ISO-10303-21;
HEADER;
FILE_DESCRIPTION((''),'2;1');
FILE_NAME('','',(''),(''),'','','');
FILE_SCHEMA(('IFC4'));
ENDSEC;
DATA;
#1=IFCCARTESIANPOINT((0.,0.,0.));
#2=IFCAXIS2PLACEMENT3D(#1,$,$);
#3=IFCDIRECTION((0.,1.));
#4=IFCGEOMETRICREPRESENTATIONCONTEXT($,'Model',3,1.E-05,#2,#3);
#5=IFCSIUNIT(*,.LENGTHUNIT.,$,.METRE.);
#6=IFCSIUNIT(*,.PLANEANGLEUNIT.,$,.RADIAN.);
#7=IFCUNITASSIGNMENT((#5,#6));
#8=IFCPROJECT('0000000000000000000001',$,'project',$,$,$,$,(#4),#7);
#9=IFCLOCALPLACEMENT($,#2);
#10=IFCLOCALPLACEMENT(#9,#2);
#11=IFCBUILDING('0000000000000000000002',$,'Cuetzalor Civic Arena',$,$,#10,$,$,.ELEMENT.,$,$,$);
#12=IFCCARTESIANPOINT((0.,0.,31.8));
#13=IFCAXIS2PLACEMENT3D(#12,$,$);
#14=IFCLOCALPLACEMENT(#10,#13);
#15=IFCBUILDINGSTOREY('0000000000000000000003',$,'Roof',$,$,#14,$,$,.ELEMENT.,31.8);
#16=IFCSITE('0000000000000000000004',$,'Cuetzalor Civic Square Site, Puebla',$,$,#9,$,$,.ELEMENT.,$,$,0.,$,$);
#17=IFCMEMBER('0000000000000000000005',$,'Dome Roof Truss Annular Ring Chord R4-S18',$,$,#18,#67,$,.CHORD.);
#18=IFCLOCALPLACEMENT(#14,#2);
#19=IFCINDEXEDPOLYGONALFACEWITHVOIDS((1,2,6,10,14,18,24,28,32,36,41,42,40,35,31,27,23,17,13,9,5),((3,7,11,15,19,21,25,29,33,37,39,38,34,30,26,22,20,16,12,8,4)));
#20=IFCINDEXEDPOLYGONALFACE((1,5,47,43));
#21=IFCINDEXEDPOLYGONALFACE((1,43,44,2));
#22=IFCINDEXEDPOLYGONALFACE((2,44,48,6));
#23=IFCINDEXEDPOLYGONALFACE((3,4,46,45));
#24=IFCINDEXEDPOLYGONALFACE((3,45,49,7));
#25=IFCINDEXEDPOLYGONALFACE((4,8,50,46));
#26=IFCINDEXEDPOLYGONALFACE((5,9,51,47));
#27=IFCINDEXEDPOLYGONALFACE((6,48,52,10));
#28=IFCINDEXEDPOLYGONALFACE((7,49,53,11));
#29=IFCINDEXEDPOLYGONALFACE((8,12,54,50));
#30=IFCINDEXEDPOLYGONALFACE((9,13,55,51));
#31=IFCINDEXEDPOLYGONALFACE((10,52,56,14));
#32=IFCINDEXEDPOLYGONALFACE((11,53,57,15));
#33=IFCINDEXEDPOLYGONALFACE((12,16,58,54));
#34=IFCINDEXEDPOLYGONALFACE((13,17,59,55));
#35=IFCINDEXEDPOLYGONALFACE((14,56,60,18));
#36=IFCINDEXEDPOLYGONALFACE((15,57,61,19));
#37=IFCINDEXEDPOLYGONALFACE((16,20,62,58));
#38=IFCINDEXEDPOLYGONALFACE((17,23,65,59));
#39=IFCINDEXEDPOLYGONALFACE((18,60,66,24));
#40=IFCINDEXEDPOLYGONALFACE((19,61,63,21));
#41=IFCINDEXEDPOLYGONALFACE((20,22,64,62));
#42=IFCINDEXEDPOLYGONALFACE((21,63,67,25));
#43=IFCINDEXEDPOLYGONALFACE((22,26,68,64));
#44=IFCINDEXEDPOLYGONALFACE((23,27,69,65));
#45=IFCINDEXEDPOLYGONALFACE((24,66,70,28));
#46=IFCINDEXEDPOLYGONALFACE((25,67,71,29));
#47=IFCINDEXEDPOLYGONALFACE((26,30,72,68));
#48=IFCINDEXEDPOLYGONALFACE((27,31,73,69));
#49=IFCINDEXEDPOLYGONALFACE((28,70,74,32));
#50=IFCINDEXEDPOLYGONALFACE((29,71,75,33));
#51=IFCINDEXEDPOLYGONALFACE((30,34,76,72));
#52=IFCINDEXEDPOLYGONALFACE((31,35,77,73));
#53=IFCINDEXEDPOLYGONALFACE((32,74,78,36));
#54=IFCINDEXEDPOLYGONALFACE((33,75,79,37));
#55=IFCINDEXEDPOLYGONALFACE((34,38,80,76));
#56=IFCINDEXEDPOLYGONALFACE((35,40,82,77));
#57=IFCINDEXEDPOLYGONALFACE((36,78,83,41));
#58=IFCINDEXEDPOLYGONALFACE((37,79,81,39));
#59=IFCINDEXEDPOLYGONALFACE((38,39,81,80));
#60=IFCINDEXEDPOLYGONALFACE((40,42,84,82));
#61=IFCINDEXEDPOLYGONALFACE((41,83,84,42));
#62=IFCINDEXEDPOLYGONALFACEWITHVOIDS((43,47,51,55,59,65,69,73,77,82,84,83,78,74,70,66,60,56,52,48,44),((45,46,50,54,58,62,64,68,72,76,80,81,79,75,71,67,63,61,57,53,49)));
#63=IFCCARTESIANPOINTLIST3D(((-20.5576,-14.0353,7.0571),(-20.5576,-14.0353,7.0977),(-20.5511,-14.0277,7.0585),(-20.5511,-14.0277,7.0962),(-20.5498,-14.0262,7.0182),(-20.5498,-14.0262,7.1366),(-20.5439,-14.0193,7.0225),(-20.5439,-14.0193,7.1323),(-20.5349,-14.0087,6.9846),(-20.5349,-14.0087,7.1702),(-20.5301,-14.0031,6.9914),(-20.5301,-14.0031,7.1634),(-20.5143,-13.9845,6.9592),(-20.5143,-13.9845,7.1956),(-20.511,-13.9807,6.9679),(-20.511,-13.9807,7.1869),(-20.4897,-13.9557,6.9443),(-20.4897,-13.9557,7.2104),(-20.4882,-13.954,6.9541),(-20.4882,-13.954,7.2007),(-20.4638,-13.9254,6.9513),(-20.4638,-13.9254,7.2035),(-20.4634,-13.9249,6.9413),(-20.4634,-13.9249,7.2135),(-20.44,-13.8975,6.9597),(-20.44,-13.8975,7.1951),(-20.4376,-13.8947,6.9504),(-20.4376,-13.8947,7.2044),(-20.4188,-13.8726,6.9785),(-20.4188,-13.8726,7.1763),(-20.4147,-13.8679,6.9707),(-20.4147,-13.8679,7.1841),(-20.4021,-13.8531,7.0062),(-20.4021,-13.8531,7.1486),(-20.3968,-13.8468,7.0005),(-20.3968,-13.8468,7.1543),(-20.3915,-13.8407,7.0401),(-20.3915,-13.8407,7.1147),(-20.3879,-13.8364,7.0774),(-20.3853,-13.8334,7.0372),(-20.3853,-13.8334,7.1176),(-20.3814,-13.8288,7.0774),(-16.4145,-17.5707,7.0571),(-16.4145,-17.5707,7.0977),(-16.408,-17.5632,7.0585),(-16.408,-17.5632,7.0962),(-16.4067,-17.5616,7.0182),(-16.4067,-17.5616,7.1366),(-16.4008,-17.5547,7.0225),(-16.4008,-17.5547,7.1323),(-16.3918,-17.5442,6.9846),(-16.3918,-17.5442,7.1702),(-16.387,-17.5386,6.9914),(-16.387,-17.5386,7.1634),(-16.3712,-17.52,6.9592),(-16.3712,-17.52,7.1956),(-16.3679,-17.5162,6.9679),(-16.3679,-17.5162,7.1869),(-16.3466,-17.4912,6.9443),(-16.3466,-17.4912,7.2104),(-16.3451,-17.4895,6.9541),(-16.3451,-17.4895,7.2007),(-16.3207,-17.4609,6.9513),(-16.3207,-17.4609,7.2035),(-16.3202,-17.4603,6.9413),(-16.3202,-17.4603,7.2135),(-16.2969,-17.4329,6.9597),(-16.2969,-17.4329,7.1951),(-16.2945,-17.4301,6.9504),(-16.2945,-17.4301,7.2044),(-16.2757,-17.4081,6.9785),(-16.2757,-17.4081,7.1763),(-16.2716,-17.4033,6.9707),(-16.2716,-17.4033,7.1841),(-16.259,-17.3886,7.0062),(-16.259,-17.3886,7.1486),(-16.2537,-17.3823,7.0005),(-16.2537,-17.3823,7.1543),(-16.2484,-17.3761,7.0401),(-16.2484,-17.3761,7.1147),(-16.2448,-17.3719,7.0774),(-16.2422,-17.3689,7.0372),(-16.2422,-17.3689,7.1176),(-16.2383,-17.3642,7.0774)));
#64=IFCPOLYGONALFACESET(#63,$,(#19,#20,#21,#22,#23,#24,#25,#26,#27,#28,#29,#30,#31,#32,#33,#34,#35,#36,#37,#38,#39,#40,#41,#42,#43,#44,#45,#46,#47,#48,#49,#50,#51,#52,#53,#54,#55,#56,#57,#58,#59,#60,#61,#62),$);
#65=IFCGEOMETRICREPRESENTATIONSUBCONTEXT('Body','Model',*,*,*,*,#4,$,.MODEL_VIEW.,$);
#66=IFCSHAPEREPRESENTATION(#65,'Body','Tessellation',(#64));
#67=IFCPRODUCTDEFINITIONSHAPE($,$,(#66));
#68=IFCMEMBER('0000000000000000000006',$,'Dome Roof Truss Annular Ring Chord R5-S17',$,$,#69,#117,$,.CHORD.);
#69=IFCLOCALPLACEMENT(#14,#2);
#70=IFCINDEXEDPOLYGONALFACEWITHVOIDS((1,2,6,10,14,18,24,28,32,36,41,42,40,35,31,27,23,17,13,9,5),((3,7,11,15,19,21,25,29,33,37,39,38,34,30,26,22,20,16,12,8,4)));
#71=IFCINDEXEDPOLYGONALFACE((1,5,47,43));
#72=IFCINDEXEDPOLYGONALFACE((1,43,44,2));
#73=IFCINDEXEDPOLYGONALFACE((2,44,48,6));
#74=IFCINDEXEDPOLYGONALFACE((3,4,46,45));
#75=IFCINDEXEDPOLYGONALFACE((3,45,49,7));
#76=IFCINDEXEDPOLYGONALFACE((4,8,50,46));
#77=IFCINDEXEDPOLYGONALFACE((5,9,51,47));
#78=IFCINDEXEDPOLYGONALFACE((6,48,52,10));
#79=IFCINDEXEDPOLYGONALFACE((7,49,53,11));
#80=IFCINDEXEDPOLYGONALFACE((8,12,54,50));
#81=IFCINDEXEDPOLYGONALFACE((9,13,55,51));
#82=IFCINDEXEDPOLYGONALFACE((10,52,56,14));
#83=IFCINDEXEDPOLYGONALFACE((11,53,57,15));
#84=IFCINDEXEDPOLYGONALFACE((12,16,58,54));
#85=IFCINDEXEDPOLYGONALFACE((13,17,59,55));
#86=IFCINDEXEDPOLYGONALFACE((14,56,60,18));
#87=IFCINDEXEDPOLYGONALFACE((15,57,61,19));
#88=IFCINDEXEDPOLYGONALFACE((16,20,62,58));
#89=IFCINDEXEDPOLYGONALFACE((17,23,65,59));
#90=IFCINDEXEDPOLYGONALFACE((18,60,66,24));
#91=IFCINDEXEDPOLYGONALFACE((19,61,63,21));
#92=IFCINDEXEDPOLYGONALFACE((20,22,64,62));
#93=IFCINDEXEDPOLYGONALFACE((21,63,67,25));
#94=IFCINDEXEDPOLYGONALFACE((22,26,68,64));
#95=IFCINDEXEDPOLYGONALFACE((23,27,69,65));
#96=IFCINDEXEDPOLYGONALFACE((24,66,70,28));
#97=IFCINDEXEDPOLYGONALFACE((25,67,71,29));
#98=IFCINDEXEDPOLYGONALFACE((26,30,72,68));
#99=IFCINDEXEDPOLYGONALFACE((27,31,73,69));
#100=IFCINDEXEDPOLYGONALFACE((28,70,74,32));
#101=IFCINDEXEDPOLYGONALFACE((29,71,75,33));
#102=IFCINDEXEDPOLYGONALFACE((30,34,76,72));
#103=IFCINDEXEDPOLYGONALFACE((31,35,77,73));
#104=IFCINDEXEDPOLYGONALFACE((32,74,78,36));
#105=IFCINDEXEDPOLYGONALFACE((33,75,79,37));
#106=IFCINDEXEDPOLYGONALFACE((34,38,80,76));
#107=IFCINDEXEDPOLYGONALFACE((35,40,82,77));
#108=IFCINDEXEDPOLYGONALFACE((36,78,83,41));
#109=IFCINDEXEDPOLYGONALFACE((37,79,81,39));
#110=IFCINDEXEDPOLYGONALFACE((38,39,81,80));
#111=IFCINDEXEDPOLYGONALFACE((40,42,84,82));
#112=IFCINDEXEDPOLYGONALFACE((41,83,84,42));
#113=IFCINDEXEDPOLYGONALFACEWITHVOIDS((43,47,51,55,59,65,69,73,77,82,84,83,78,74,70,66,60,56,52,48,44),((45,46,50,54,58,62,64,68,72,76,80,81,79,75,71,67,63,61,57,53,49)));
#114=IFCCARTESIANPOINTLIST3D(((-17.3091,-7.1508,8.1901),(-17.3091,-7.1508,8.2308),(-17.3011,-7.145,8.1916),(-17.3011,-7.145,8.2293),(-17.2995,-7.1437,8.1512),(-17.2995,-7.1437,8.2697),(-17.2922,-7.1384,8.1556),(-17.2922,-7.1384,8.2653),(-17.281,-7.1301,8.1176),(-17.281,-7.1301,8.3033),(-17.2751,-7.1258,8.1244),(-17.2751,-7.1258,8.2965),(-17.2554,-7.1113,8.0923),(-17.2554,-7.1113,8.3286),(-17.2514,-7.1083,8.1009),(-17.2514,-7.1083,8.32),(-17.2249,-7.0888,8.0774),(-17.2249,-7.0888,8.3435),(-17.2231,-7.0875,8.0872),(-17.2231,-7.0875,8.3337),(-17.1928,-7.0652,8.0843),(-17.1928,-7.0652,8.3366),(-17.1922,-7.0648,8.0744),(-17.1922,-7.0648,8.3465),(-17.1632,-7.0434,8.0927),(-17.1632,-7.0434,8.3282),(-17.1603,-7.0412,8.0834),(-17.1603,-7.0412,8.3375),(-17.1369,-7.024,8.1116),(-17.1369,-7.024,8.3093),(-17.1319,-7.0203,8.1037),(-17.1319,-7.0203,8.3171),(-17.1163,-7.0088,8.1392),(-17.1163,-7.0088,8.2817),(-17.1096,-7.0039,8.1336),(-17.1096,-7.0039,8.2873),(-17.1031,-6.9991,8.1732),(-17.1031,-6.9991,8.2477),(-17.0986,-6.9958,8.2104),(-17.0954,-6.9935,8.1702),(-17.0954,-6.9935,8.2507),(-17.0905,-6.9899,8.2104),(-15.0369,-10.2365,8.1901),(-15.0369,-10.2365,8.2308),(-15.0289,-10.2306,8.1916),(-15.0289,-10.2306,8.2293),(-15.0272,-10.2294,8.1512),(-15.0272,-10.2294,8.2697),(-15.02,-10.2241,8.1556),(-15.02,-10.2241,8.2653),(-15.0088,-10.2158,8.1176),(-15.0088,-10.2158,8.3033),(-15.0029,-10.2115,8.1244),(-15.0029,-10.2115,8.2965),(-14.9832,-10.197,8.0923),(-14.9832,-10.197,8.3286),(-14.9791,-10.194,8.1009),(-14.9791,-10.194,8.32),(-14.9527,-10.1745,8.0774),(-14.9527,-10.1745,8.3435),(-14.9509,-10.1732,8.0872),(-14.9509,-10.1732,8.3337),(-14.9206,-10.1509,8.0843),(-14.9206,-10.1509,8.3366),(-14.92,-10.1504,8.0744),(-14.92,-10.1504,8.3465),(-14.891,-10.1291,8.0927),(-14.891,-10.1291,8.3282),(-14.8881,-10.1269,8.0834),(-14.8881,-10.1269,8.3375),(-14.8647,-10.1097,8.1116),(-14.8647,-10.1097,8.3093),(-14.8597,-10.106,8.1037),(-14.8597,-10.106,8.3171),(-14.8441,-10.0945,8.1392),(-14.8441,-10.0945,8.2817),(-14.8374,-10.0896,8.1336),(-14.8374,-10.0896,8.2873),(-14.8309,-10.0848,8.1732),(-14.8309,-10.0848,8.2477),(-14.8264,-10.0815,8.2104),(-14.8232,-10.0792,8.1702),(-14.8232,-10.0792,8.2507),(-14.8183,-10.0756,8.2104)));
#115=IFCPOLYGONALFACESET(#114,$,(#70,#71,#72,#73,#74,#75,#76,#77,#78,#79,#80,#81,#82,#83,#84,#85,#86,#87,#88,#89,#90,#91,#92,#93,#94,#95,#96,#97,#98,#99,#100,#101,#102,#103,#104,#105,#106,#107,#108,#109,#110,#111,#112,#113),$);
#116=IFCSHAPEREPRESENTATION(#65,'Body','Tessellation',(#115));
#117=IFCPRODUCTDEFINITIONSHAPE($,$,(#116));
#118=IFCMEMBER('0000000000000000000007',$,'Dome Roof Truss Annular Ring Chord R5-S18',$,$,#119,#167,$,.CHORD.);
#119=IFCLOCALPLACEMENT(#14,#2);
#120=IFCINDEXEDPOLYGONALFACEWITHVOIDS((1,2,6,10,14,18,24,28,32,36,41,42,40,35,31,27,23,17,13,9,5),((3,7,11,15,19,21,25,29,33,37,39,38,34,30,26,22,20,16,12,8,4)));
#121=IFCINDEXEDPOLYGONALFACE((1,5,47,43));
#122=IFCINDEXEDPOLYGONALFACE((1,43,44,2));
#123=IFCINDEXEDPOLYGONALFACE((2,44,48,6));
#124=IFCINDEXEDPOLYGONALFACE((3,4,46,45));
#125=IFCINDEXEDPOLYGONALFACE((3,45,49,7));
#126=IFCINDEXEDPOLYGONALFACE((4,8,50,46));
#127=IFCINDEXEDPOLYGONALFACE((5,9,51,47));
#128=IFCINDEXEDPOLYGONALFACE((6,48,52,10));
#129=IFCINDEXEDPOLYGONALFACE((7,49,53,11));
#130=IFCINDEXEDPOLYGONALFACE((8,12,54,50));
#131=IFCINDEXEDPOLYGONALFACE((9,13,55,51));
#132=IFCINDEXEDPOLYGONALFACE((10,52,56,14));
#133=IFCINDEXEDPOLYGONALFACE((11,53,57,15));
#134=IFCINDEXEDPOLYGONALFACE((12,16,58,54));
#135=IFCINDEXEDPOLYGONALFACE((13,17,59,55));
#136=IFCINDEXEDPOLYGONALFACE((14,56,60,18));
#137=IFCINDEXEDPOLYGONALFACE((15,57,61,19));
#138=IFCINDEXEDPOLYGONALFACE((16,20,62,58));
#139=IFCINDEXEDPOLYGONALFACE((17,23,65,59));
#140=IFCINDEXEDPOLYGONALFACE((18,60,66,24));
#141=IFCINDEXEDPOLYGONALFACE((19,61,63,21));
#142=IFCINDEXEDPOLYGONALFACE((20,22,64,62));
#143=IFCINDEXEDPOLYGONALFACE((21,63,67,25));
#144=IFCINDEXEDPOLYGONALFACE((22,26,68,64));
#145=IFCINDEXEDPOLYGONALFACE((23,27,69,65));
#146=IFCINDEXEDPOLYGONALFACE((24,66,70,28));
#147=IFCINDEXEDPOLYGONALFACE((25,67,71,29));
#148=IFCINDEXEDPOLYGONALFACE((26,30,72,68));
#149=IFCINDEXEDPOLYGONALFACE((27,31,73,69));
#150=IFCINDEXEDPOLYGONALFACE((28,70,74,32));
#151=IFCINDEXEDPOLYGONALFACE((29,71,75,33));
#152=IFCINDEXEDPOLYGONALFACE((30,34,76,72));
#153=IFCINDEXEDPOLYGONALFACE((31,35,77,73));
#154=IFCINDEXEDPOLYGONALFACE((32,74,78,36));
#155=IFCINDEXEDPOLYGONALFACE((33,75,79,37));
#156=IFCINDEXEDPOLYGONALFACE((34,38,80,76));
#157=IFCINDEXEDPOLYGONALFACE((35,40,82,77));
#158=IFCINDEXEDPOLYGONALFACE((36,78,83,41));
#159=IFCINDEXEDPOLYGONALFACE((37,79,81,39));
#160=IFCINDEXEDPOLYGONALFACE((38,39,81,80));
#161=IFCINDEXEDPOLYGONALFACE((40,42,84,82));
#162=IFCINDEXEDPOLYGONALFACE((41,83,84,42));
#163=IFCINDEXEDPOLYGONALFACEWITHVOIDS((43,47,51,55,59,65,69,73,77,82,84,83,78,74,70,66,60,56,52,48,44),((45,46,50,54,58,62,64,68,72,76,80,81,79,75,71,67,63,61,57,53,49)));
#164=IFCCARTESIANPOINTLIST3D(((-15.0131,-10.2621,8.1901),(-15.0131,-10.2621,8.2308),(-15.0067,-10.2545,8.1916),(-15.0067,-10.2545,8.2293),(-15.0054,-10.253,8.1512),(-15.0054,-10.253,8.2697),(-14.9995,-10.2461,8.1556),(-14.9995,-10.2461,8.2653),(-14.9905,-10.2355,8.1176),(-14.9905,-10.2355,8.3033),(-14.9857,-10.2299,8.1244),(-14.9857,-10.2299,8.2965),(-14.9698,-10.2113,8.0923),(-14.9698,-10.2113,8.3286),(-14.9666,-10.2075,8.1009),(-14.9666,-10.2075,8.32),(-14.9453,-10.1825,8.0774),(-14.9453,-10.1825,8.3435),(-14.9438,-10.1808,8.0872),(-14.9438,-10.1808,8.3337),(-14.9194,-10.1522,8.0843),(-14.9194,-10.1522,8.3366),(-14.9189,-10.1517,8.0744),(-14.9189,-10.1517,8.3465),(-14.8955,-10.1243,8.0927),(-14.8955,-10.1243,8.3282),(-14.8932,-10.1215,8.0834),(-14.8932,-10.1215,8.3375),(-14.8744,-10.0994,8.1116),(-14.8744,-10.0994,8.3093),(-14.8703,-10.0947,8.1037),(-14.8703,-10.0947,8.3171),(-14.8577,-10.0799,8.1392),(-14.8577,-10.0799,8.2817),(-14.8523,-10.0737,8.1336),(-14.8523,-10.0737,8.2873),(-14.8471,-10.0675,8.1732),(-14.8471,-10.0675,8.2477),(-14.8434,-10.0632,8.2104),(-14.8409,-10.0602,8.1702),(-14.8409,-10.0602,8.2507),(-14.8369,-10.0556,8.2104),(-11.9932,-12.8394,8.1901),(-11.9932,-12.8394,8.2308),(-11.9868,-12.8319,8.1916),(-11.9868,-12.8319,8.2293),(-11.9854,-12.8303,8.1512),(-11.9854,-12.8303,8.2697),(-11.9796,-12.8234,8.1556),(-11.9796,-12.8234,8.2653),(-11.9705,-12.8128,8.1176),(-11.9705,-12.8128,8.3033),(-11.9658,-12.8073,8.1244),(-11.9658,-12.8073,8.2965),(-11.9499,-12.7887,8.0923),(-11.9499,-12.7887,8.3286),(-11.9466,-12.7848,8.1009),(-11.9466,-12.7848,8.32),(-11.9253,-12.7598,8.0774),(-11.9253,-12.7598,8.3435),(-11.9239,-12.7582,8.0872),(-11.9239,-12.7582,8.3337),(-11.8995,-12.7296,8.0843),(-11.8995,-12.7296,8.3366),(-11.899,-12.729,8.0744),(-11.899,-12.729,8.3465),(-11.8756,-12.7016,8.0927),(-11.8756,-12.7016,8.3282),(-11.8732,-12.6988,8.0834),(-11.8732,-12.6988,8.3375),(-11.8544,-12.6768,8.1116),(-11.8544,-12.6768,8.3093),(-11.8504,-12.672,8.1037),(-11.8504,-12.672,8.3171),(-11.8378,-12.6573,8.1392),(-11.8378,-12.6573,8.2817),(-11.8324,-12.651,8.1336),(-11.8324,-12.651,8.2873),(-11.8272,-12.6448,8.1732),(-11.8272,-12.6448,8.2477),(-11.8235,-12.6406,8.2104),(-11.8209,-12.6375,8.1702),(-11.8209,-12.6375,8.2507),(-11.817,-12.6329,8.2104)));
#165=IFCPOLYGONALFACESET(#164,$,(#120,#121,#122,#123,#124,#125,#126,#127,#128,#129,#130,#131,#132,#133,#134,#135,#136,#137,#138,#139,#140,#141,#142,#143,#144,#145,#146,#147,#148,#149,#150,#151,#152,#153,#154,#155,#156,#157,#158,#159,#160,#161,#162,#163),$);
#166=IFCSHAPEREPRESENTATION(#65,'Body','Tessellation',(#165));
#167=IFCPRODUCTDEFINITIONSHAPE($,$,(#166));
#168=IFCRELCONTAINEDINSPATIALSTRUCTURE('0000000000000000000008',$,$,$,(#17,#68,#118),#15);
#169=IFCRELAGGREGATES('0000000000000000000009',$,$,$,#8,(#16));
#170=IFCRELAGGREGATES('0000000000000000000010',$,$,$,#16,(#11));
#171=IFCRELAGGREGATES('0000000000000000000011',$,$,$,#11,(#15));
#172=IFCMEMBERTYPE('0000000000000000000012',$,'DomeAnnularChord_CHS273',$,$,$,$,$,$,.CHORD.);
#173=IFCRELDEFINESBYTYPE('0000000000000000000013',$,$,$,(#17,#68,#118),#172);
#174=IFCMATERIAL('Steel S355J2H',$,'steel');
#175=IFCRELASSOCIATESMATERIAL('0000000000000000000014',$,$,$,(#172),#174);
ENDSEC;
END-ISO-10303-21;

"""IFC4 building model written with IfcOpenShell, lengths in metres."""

from ifc_helpers import new_model, si_unit, direction, frame, origin, origin_2d, place, context, subcontext, project, spatial, hollow_circle, extrude, material, material_profile, profile_set, type_object, element, save


model = new_model("IFC4")

# Units and contexts
model_context = context("Model", 3, precision=1e-05, world=origin(), true_north=direction((0.0, 1.0)))
body_context = subcontext(model_context, "Body", "Model", "MODEL_VIEW")
ifc_project = project(units=[si_unit("LENGTHUNIT", "METRE"), si_unit("PLANEANGLEUNIT", "RADIAN")], contexts=[model_context])

# Site, building, storey
site_placement = place(None, origin())
site = spatial("IfcSite", under=ifc_project, at=site_placement, Name="Cuetzalor Civic Square Site, Puebla", CompositionType="ELEMENT", RefElevation=0.0)
building_placement = place(site_placement, origin())
building = spatial("IfcBuilding", under=site, at=building_placement, Name="Cuetzalor Civic Arena", CompositionType="ELEMENT")
storey_placement = place(building_placement, frame((0.0, 0.0, 31.8)))
storey = spatial("IfcBuildingStorey", under=building, at=storey_placement, Name="Roof", CompositionType="ELEMENT", Elevation=31.8)

# Members
ifc_material_1 = material(Name="Steel S355J2H", Category="steel")
ifc_material_profile_1 = material_profile(ifc_material_1, hollow_circle(Radius=0.1365, WallThickness=0.01, at=origin_2d()), Name="CHS 273x10")
ifc_profile_set_1 = profile_set([ifc_material_profile_1], Name="Steel S355J2H")
member_type_1 = type_object("IfcMemberType", Name="DomeAnnularChord_CHS273", PredefinedType="CHORD", material=ifc_profile_set_1)
member_1_placement = place(storey_placement, frame((-20.47, -13.9326, 7.0774), z_axis=(0.760688, -0.649118, 0.0), x_axis=(0.649118, 0.760688, 0.0)))
element("IfcMember", 1, at=member_1_placement, inside=storey, type_object=member_type_1, Name="Dome Roof Truss Annular Ring Chord R4-S18", PredefinedType="CHORD", context=body_context, shape_type="SweptSolid", body=[
    extrude(hollow_circle(Radius=0.1365, WallThickness=0.01, at=origin_2d()), origin(), (0.0, 0.0, 1.0), 5.4465),
])
member_2_placement = place(storey_placement, frame((-17.2004, -7.0708, 8.2104), z_axis=(0.592953, -0.805237, 0.0), x_axis=(0.805237, 0.592953, 0.0)))
element("IfcMember", 2, at=member_2_placement, inside=storey, type_object=member_type_1, Name="Dome Roof Truss Annular Ring Chord R5-S17", PredefinedType="CHORD", context=body_context, shape_type="SweptSolid", body=[
    extrude(hollow_circle(Radius=0.1365, WallThickness=0.01, at=origin_2d()), origin(), (0.0, 0.0, 1.0), 3.832),
])
member_3_placement = place(storey_placement, frame((-14.9255, -10.1594, 8.2104), z_axis=(0.760648, -0.649164, 0.0), x_axis=(0.649164, 0.760648, 0.0)))
element("IfcMember", 3, at=member_3_placement, inside=storey, type_object=member_type_1, Name="Dome Roof Truss Annular Ring Chord R5-S18", PredefinedType="CHORD", context=body_context, shape_type="SweptSolid", body=[
    extrude(hollow_circle(Radius=0.1365, WallThickness=0.01, at=origin_2d()), origin(), (0.0, 0.0, 1.0), 3.9702),
])

save(model, "model.ifc")
